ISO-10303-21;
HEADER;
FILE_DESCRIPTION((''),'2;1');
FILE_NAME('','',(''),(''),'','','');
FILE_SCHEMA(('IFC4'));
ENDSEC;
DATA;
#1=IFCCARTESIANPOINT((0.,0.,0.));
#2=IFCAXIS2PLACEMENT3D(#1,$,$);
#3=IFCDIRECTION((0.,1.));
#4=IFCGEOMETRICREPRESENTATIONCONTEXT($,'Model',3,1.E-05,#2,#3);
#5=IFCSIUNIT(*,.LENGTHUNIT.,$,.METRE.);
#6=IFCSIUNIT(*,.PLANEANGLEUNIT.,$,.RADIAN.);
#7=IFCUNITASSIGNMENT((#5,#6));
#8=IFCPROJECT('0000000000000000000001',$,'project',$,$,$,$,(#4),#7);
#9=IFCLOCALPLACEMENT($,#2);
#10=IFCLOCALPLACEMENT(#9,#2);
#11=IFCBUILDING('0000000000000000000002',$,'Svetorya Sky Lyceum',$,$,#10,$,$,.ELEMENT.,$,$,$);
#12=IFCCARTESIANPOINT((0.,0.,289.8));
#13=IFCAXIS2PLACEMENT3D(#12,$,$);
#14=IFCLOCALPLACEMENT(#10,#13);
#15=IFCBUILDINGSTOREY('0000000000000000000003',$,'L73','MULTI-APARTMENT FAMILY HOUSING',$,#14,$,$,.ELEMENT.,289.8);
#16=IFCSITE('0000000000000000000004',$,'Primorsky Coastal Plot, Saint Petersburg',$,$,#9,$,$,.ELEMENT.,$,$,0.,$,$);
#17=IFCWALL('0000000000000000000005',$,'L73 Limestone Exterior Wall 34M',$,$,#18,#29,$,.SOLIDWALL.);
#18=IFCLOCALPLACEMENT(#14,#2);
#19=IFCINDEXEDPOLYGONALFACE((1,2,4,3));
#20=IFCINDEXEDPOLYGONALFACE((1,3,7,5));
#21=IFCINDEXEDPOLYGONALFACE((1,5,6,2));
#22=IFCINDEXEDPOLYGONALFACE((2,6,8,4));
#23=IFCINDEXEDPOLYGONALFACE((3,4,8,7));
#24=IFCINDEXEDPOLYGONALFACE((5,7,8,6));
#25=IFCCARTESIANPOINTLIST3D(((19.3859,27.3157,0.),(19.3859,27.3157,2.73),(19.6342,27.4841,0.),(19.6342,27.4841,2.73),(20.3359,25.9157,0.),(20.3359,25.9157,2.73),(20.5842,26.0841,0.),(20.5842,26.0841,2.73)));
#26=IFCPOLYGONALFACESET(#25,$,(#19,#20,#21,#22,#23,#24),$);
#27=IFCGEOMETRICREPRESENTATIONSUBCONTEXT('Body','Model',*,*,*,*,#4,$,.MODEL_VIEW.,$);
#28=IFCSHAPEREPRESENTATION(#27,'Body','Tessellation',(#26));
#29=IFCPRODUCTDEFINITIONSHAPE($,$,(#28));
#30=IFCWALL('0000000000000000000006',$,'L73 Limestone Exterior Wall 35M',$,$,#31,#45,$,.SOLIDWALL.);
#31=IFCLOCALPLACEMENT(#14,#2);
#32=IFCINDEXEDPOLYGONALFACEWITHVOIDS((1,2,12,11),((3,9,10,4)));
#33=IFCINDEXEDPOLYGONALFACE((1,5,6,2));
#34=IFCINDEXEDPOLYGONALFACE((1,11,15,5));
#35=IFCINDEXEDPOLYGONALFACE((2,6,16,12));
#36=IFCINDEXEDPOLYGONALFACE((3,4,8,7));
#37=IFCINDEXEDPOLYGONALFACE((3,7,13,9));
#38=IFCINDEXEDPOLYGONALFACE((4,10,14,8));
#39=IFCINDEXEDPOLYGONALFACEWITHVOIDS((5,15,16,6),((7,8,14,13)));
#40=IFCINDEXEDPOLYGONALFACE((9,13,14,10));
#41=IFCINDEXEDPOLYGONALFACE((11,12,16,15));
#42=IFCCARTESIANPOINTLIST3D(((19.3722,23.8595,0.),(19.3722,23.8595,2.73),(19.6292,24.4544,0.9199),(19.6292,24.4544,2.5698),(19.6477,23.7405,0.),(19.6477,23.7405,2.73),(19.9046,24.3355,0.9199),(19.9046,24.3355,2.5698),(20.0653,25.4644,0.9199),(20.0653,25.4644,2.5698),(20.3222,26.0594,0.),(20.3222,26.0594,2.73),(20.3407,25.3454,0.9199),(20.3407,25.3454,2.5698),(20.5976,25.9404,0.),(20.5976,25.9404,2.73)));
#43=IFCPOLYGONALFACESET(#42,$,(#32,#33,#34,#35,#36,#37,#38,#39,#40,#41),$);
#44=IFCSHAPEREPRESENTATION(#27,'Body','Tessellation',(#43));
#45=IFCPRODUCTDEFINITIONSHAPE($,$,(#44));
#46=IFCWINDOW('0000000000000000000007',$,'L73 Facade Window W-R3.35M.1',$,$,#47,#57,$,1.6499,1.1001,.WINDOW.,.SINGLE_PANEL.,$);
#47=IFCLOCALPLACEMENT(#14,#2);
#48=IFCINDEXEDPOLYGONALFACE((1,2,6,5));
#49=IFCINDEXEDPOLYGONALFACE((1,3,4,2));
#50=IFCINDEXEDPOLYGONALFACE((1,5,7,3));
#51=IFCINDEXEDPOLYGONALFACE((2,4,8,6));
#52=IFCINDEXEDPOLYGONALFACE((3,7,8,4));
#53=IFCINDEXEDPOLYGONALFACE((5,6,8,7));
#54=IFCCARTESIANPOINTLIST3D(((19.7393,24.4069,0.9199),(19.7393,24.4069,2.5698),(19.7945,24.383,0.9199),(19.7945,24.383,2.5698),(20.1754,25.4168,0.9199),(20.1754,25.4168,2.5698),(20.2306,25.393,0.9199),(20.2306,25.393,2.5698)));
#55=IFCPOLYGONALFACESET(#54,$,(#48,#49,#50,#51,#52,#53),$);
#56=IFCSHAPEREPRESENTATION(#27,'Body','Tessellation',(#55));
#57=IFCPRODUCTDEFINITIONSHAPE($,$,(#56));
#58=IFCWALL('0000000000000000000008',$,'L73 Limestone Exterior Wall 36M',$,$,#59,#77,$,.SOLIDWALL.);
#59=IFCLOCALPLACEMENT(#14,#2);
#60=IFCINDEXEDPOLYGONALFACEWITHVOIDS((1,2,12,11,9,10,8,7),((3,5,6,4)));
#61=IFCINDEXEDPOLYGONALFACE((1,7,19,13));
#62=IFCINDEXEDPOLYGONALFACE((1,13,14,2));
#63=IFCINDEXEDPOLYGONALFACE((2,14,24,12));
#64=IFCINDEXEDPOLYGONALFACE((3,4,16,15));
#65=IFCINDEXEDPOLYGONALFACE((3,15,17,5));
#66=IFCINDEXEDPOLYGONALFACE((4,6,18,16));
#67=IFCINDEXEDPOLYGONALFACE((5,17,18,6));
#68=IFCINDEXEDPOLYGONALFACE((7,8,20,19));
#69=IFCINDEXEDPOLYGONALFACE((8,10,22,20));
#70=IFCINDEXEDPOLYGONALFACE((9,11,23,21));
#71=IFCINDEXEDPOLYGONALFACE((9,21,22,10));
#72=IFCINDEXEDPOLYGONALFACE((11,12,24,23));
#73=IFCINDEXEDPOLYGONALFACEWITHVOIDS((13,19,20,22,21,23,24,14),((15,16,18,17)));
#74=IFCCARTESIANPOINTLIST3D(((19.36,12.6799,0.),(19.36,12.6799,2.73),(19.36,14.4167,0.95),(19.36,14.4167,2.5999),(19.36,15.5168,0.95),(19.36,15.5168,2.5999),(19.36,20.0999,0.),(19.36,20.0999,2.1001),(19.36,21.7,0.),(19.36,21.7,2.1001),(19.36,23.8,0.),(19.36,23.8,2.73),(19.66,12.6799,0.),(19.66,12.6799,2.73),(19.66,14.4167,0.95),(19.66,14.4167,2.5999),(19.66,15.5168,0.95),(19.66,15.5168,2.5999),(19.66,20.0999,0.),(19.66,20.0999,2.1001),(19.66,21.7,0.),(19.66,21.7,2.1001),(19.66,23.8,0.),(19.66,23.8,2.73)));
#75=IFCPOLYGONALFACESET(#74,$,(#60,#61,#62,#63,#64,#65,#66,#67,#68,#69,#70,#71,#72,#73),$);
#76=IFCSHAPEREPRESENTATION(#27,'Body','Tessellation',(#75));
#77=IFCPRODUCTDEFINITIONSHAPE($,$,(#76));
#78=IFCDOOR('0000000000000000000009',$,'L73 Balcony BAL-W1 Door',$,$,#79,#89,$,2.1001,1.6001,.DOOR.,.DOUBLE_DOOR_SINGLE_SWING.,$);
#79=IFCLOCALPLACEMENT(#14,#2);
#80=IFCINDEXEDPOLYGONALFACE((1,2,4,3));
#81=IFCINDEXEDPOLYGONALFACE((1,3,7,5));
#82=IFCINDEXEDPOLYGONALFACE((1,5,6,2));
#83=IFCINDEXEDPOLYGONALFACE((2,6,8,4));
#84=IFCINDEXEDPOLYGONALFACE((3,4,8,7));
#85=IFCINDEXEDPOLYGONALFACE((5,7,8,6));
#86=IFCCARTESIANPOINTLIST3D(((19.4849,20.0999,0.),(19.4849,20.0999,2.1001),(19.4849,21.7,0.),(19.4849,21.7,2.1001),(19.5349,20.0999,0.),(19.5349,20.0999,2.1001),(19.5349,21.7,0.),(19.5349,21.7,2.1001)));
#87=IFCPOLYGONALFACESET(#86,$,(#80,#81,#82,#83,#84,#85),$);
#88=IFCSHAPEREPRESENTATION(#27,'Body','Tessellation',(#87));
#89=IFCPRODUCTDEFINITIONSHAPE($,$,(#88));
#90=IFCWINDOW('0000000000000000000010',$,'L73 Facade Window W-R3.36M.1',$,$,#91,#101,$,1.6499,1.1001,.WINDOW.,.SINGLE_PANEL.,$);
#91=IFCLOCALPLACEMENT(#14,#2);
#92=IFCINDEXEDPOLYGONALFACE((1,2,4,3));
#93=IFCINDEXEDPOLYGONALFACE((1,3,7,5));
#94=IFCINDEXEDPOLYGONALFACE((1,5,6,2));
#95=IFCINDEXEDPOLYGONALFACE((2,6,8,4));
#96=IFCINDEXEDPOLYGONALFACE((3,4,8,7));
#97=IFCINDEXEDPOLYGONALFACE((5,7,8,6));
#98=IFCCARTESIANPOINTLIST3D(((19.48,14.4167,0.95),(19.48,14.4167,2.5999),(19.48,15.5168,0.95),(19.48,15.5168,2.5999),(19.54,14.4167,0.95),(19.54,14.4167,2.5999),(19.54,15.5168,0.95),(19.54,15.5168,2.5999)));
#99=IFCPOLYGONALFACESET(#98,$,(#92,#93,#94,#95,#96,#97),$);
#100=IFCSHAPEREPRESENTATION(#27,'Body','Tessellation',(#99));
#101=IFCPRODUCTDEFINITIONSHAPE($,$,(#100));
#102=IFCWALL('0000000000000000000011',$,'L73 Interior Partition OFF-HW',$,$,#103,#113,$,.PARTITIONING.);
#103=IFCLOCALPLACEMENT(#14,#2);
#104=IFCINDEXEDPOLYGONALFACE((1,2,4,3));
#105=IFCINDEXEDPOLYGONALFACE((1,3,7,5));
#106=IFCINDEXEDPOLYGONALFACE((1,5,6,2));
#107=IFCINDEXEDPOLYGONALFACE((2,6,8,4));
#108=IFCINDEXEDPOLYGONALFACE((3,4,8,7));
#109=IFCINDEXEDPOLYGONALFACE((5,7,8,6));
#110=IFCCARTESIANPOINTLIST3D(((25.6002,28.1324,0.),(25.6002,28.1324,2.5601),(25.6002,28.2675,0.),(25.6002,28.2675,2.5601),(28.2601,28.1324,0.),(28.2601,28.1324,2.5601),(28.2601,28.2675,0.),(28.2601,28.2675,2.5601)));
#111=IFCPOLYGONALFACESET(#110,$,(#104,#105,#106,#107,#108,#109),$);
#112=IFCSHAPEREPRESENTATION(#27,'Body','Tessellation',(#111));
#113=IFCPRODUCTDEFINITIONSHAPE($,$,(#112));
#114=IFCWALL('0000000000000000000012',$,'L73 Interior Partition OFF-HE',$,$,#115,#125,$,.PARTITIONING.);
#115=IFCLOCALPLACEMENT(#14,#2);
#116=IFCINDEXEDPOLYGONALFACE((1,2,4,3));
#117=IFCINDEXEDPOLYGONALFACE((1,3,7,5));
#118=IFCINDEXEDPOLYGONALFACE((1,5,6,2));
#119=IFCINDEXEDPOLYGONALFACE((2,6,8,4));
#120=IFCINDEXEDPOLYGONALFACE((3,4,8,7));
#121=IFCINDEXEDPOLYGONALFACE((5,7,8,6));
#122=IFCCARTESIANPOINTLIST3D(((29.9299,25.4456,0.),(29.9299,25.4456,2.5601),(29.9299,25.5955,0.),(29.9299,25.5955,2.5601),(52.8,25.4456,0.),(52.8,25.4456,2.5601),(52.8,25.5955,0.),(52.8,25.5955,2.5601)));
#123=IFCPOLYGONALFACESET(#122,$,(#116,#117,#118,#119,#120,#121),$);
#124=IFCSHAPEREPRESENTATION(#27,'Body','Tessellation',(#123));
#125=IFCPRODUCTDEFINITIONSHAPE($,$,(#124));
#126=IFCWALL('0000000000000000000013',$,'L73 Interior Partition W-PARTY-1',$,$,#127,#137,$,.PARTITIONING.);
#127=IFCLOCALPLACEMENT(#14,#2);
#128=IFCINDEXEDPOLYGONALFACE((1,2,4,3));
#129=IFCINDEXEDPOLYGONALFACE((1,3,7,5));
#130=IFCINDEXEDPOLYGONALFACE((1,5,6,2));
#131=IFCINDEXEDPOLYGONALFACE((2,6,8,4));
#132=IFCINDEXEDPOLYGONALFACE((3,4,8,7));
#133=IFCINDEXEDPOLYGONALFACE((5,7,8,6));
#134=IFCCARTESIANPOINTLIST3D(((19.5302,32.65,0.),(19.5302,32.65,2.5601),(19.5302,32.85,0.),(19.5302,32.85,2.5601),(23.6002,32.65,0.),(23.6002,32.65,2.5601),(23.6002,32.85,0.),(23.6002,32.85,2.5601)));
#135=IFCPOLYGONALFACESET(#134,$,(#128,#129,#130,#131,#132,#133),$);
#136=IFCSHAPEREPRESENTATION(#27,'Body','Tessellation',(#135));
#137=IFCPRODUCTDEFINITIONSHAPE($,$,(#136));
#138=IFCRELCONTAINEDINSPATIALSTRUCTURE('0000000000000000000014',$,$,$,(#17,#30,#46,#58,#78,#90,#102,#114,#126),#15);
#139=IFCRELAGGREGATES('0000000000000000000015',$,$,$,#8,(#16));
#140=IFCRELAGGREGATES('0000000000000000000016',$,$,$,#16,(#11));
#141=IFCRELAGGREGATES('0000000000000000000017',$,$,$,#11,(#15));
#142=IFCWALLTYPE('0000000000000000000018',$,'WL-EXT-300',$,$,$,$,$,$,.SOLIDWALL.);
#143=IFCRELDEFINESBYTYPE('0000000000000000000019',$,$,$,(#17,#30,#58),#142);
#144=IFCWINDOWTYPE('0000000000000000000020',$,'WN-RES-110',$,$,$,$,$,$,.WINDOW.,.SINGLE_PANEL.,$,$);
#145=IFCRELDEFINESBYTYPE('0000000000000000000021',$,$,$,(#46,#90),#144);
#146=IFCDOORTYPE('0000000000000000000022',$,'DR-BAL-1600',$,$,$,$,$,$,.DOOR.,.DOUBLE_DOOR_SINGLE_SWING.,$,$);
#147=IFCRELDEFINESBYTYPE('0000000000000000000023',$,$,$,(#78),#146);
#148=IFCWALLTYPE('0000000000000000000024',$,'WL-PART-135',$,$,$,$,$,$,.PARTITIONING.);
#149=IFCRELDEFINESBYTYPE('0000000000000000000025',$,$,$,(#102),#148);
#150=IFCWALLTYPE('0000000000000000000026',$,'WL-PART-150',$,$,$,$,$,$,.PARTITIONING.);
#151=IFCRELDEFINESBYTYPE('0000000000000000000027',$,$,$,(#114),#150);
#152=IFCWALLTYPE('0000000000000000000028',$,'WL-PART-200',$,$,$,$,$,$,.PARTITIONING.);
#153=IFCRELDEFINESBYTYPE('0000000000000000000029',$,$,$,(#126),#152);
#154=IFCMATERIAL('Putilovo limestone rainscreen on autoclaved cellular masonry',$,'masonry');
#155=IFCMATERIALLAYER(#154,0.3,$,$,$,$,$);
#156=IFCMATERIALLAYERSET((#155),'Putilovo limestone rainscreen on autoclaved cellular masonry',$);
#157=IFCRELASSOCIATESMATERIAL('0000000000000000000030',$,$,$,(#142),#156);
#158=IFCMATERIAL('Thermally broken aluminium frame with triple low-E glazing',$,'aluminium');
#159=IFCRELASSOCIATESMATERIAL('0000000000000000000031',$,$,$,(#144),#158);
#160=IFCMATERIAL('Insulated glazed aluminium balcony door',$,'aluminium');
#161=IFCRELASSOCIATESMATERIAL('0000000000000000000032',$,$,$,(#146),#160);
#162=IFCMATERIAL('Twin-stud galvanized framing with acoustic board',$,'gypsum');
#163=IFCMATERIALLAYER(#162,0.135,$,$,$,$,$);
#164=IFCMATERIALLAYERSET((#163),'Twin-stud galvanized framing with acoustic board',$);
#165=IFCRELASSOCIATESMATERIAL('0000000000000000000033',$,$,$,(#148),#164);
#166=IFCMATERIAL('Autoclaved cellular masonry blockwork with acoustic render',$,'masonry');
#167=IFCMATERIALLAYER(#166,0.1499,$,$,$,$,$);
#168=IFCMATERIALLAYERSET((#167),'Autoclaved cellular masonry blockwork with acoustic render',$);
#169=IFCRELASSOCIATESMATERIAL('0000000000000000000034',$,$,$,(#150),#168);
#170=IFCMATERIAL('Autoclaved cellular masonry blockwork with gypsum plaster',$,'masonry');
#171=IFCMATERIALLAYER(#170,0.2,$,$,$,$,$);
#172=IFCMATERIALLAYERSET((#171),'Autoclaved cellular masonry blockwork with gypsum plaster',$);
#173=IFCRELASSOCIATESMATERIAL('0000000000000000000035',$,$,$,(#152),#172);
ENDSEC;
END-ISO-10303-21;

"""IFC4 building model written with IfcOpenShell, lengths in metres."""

from ifc_helpers import new_model, si_unit, direction, frame, frame_2d, origin, place, context, subcontext, project, spatial, rectangle, extrude, material, layer, layer_set, type_object, element, fill, save


model = new_model("IFC4")

# Units and contexts
model_context = context("Model", 3, precision=1e-05, world=origin(), true_north=direction((0.0, 1.0)))
body_context = subcontext(model_context, "Body", "Model", "MODEL_VIEW")
ifc_project = project(units=[si_unit("LENGTHUNIT", "METRE"), si_unit("PLANEANGLEUNIT", "RADIAN")], contexts=[model_context])

# Site, building, storey
site_placement = place(None, origin())
site = spatial("IfcSite", under=ifc_project, at=site_placement, Name="Primorsky Coastal Plot, Saint Petersburg", CompositionType="ELEMENT", RefElevation=0.0)
building_placement = place(site_placement, origin())
building = spatial("IfcBuilding", under=site, at=building_placement, Name="Svetorya Sky Lyceum", CompositionType="ELEMENT")
storey_placement = place(building_placement, frame((0.0, 0.0, 289.8)))
storey = spatial("IfcBuildingStorey", under=building, at=storey_placement, Name="L73", Description="MULTI-APARTMENT FAMILY HOUSING", CompositionType="ELEMENT", Elevation=289.8)

# Shared definitions
ifc_material_1 = material(Name="Putilovo limestone rainscreen on autoclaved cellular masonry", Category="masonry")
ifc_layer_1 = layer(ifc_material_1, 0.3)
ifc_layer_set_1 = layer_set([ifc_layer_1], Name="Putilovo limestone rainscreen on autoclaved cellular masonry")
wall_type_1 = type_object("IfcWallType", Name="WL-EXT-300", PredefinedType="SOLIDWALL", material=ifc_layer_set_1)
ifc_material_2 = material(Name="Thermally broken aluminium frame with triple low-E glazing", Category="aluminium")
window_type = type_object("IfcWindowType", Name="WN-RES-110", PartitioningType="SINGLE_PANEL", PredefinedType="WINDOW", material=ifc_material_2)

# Wall
wall_1_placement = place(storey_placement, frame((19.51, 27.3999, 0.0), z_axis=(0.0, 0.0, 1.0), x_axis=(0.561508, -0.827471, 0.0)))
element("IfcWall", 1, at=wall_1_placement, inside=storey, type_object=wall_type_1, Name="L73 Limestone Exterior Wall 34M", PredefinedType="SOLIDWALL", context=body_context, shape_type="SweptSolid", body=[
    extrude(rectangle(XDim=1.6919, YDim=0.3, at=frame_2d((0.8459, 0.0))), origin(), (0.0, 0.0, 1.0), 2.73),
])

# Wall, opening, window
wall_2_placement = place(storey_placement, frame((20.46, 26.0, 0.0), z_axis=(0.0, 0.0, 1.0), x_axis=(-0.396426, -0.918067, 0.0)))
wall_2 = element("IfcWall", 2, at=wall_2_placement, inside=storey, type_object=wall_type_1, Name="L73 Limestone Exterior Wall 35M", PredefinedType="SOLIDWALL", context=body_context, shape_type="SweptSolid", body=[
    extrude(rectangle(XDim=2.3962, YDim=0.3, at=frame_2d((1.1982, 0.0))), origin(), (0.0, 0.0, 1.0), 2.73),
])
opening_1_placement = place(wall_2_placement, frame((0.6482, 0.0, 0.9199)))
opening_1 = element("IfcOpeningElement", 3, at=opening_1_placement, cuts=wall_2, PredefinedType="OPENING", context=body_context, shape_type="SweptSolid", body=[
    extrude(rectangle(XDim=1.1001, YDim=1.6499, at=frame_2d((0.55, 0.825))), frame((0.0, 0.1599, 0.0), z_axis=(0.0, -1.0, 0.0), x_axis=(1.0, 0.0, 0.0)), (0.0, 0.0, 1.0), 0.3201),
])
window_1_placement = place(opening_1_placement, origin())
window_1 = element("IfcWindow", 4, at=window_1_placement, inside=storey, type_object=window_type, Name="L73 Facade Window W-R3.35M.1", OverallHeight=1.6499, OverallWidth=1.1001, PartitioningType="SINGLE_PANEL", PredefinedType="WINDOW", context=body_context, shape_type="SweptSolid", body=[
    extrude(rectangle(XDim=1.1001, YDim=1.6499, at=frame_2d((0.55, 0.825))), frame((0.0, 0.03, 0.0), z_axis=(0.0, -1.0, 0.0), x_axis=(1.0, 0.0, 0.0)), (0.0, 0.0, 1.0), 0.0601),
])
fill(opening_1, window_1)

# Wall, openings, door, window
wall_3_placement = place(storey_placement, frame((19.51, 23.8, 0.0), z_axis=(0.0, 0.0, 1.0), x_axis=(0.0, -1.0, 0.0)))
wall_3 = element("IfcWall", 5, at=wall_3_placement, inside=storey, type_object=wall_type_1, Name="L73 Limestone Exterior Wall 36M", PredefinedType="SOLIDWALL", context=body_context, shape_type="SweptSolid", body=[
    extrude(rectangle(XDim=11.1201, YDim=0.3, at=frame_2d((5.5601, 0.0))), origin(), (0.0, 0.0, 1.0), 2.73),
])
opening_2_placement = place(wall_3_placement, frame((2.1001, 0.0, 0.0)))
opening_2 = element("IfcOpeningElement", 6, at=opening_2_placement, cuts=wall_3, PredefinedType="OPENING", context=body_context, shape_type="SweptSolid", body=[
    extrude(rectangle(XDim=1.6001, YDim=2.1001, at=frame_2d((0.8, 1.05))), frame((0.0, 0.1599, 0.0), z_axis=(0.0, -1.0, 0.0), x_axis=(1.0, 0.0, 0.0)), (0.0, 0.0, 1.0), 0.3201),
])
opening_3_placement = place(wall_3_placement, frame((8.2832, 0.0, 0.95)))
opening_3 = element("IfcOpeningElement", 7, at=opening_3_placement, cuts=wall_3, PredefinedType="OPENING", context=body_context, shape_type="SweptSolid", body=[
    extrude(rectangle(XDim=1.1001, YDim=1.6499, at=frame_2d((0.55, 0.825))), frame((0.0, 0.1599, 0.0), z_axis=(0.0, -1.0, 0.0), x_axis=(1.0, 0.0, 0.0)), (0.0, 0.0, 1.0), 0.3201),
])
ifc_material_3 = material(Name="Insulated glazed aluminium balcony door", Category="aluminium")
door_type = type_object("IfcDoorType", Name="DR-BAL-1600", OperationType="DOUBLE_DOOR_SINGLE_SWING", PredefinedType="DOOR", material=ifc_material_3)
door_placement = place(opening_2_placement, origin())
door = element("IfcDoor", 8, at=door_placement, inside=storey, type_object=door_type, Name="L73 Balcony BAL-W1 Door", OperationType="DOUBLE_DOOR_SINGLE_SWING", OverallHeight=2.1001, OverallWidth=1.6001, PredefinedType="DOOR", context=body_context, shape_type="SweptSolid", body=[
    extrude(rectangle(XDim=1.6001, YDim=2.1001, at=frame_2d((0.8, 1.05))), frame((0.0, 0.0249, 0.0), z_axis=(0.0, -1.0, 0.0), x_axis=(1.0, 0.0, 0.0)), (0.0, 0.0, 1.0), 0.05),
])
fill(opening_2, door)
window_2_placement = place(opening_3_placement, origin())
window_2 = element("IfcWindow", 9, at=window_2_placement, inside=storey, type_object=window_type, Name="L73 Facade Window W-R3.36M.1", OverallHeight=1.6499, OverallWidth=1.1001, PartitioningType="SINGLE_PANEL", PredefinedType="WINDOW", context=body_context, shape_type="SweptSolid", body=[
    extrude(rectangle(XDim=1.1001, YDim=1.6499, at=frame_2d((0.55, 0.825))), frame((0.0, 0.03, 0.0), z_axis=(0.0, -1.0, 0.0), x_axis=(1.0, 0.0, 0.0)), (0.0, 0.0, 1.0), 0.0601),
])
fill(opening_3, window_2)

# Walls
ifc_material_4 = material(Name="Twin-stud galvanized framing with acoustic board", Category="gypsum")
ifc_layer_2 = layer(ifc_material_4, 0.135)
ifc_layer_set_2 = layer_set([ifc_layer_2], Name="Twin-stud galvanized framing with acoustic board")
wall_type_2 = type_object("IfcWallType", Name="WL-PART-135", PredefinedType="PARTITIONING", material=ifc_layer_set_2)
wall_4_placement = place(storey_placement, frame((25.6001, 28.2, 0.0), z_axis=(0.0, 0.0, 1.0), x_axis=(1.0, 0.0, 0.0)))
element("IfcWall", 10, at=wall_4_placement, inside=storey, type_object=wall_type_2, Name="L73 Interior Partition OFF-HW", PredefinedType="PARTITIONING", context=body_context, shape_type="SweptSolid", body=[
    extrude(rectangle(XDim=2.6599, YDim=0.135, at=frame_2d((1.3301, 0.0))), origin(), (0.0, 0.0, 1.0), 2.5601),
])
ifc_material_5 = material(Name="Autoclaved cellular masonry blockwork with acoustic render", Category="masonry")
ifc_layer_3 = layer(ifc_material_5, 0.1499)
ifc_layer_set_3 = layer_set([ifc_layer_3], Name="Autoclaved cellular masonry blockwork with acoustic render")
wall_type_3 = type_object("IfcWallType", Name="WL-PART-150", PredefinedType="PARTITIONING", material=ifc_layer_set_3)
wall_5_placement = place(storey_placement, frame((29.9299, 25.5205, 0.0), z_axis=(0.0, 0.0, 1.0), x_axis=(1.0, 0.0, 0.0)))
element("IfcWall", 11, at=wall_5_placement, inside=storey, type_object=wall_type_3, Name="L73 Interior Partition OFF-HE", PredefinedType="PARTITIONING", context=body_context, shape_type="SweptSolid", body=[
    extrude(rectangle(XDim=22.8701, YDim=0.1499, at=frame_2d((11.4351, 0.0))), origin(), (0.0, 0.0, 1.0), 2.5601),
])
ifc_material_6 = material(Name="Autoclaved cellular masonry blockwork with gypsum plaster", Category="masonry")
ifc_layer_4 = layer(ifc_material_6, 0.2)
ifc_layer_set_4 = layer_set([ifc_layer_4], Name="Autoclaved cellular masonry blockwork with gypsum plaster")
wall_type_4 = type_object("IfcWallType", Name="WL-PART-200", PredefinedType="PARTITIONING", material=ifc_layer_set_4)
wall_6_placement = place(storey_placement, frame((19.53, 32.75, 0.0), z_axis=(0.0, 0.0, 1.0), x_axis=(1.0, 0.0, 0.0)))
element("IfcWall", 12, at=wall_6_placement, inside=storey, type_object=wall_type_4, Name="L73 Interior Partition W-PARTY-1", PredefinedType="PARTITIONING", context=body_context, shape_type="SweptSolid", body=[
    extrude(rectangle(XDim=4.0701, YDim=0.2, at=frame_2d((2.0352, 0.0))), origin(), (0.0, 0.0, 1.0), 2.5601),
])

save(model, "model.ifc")
